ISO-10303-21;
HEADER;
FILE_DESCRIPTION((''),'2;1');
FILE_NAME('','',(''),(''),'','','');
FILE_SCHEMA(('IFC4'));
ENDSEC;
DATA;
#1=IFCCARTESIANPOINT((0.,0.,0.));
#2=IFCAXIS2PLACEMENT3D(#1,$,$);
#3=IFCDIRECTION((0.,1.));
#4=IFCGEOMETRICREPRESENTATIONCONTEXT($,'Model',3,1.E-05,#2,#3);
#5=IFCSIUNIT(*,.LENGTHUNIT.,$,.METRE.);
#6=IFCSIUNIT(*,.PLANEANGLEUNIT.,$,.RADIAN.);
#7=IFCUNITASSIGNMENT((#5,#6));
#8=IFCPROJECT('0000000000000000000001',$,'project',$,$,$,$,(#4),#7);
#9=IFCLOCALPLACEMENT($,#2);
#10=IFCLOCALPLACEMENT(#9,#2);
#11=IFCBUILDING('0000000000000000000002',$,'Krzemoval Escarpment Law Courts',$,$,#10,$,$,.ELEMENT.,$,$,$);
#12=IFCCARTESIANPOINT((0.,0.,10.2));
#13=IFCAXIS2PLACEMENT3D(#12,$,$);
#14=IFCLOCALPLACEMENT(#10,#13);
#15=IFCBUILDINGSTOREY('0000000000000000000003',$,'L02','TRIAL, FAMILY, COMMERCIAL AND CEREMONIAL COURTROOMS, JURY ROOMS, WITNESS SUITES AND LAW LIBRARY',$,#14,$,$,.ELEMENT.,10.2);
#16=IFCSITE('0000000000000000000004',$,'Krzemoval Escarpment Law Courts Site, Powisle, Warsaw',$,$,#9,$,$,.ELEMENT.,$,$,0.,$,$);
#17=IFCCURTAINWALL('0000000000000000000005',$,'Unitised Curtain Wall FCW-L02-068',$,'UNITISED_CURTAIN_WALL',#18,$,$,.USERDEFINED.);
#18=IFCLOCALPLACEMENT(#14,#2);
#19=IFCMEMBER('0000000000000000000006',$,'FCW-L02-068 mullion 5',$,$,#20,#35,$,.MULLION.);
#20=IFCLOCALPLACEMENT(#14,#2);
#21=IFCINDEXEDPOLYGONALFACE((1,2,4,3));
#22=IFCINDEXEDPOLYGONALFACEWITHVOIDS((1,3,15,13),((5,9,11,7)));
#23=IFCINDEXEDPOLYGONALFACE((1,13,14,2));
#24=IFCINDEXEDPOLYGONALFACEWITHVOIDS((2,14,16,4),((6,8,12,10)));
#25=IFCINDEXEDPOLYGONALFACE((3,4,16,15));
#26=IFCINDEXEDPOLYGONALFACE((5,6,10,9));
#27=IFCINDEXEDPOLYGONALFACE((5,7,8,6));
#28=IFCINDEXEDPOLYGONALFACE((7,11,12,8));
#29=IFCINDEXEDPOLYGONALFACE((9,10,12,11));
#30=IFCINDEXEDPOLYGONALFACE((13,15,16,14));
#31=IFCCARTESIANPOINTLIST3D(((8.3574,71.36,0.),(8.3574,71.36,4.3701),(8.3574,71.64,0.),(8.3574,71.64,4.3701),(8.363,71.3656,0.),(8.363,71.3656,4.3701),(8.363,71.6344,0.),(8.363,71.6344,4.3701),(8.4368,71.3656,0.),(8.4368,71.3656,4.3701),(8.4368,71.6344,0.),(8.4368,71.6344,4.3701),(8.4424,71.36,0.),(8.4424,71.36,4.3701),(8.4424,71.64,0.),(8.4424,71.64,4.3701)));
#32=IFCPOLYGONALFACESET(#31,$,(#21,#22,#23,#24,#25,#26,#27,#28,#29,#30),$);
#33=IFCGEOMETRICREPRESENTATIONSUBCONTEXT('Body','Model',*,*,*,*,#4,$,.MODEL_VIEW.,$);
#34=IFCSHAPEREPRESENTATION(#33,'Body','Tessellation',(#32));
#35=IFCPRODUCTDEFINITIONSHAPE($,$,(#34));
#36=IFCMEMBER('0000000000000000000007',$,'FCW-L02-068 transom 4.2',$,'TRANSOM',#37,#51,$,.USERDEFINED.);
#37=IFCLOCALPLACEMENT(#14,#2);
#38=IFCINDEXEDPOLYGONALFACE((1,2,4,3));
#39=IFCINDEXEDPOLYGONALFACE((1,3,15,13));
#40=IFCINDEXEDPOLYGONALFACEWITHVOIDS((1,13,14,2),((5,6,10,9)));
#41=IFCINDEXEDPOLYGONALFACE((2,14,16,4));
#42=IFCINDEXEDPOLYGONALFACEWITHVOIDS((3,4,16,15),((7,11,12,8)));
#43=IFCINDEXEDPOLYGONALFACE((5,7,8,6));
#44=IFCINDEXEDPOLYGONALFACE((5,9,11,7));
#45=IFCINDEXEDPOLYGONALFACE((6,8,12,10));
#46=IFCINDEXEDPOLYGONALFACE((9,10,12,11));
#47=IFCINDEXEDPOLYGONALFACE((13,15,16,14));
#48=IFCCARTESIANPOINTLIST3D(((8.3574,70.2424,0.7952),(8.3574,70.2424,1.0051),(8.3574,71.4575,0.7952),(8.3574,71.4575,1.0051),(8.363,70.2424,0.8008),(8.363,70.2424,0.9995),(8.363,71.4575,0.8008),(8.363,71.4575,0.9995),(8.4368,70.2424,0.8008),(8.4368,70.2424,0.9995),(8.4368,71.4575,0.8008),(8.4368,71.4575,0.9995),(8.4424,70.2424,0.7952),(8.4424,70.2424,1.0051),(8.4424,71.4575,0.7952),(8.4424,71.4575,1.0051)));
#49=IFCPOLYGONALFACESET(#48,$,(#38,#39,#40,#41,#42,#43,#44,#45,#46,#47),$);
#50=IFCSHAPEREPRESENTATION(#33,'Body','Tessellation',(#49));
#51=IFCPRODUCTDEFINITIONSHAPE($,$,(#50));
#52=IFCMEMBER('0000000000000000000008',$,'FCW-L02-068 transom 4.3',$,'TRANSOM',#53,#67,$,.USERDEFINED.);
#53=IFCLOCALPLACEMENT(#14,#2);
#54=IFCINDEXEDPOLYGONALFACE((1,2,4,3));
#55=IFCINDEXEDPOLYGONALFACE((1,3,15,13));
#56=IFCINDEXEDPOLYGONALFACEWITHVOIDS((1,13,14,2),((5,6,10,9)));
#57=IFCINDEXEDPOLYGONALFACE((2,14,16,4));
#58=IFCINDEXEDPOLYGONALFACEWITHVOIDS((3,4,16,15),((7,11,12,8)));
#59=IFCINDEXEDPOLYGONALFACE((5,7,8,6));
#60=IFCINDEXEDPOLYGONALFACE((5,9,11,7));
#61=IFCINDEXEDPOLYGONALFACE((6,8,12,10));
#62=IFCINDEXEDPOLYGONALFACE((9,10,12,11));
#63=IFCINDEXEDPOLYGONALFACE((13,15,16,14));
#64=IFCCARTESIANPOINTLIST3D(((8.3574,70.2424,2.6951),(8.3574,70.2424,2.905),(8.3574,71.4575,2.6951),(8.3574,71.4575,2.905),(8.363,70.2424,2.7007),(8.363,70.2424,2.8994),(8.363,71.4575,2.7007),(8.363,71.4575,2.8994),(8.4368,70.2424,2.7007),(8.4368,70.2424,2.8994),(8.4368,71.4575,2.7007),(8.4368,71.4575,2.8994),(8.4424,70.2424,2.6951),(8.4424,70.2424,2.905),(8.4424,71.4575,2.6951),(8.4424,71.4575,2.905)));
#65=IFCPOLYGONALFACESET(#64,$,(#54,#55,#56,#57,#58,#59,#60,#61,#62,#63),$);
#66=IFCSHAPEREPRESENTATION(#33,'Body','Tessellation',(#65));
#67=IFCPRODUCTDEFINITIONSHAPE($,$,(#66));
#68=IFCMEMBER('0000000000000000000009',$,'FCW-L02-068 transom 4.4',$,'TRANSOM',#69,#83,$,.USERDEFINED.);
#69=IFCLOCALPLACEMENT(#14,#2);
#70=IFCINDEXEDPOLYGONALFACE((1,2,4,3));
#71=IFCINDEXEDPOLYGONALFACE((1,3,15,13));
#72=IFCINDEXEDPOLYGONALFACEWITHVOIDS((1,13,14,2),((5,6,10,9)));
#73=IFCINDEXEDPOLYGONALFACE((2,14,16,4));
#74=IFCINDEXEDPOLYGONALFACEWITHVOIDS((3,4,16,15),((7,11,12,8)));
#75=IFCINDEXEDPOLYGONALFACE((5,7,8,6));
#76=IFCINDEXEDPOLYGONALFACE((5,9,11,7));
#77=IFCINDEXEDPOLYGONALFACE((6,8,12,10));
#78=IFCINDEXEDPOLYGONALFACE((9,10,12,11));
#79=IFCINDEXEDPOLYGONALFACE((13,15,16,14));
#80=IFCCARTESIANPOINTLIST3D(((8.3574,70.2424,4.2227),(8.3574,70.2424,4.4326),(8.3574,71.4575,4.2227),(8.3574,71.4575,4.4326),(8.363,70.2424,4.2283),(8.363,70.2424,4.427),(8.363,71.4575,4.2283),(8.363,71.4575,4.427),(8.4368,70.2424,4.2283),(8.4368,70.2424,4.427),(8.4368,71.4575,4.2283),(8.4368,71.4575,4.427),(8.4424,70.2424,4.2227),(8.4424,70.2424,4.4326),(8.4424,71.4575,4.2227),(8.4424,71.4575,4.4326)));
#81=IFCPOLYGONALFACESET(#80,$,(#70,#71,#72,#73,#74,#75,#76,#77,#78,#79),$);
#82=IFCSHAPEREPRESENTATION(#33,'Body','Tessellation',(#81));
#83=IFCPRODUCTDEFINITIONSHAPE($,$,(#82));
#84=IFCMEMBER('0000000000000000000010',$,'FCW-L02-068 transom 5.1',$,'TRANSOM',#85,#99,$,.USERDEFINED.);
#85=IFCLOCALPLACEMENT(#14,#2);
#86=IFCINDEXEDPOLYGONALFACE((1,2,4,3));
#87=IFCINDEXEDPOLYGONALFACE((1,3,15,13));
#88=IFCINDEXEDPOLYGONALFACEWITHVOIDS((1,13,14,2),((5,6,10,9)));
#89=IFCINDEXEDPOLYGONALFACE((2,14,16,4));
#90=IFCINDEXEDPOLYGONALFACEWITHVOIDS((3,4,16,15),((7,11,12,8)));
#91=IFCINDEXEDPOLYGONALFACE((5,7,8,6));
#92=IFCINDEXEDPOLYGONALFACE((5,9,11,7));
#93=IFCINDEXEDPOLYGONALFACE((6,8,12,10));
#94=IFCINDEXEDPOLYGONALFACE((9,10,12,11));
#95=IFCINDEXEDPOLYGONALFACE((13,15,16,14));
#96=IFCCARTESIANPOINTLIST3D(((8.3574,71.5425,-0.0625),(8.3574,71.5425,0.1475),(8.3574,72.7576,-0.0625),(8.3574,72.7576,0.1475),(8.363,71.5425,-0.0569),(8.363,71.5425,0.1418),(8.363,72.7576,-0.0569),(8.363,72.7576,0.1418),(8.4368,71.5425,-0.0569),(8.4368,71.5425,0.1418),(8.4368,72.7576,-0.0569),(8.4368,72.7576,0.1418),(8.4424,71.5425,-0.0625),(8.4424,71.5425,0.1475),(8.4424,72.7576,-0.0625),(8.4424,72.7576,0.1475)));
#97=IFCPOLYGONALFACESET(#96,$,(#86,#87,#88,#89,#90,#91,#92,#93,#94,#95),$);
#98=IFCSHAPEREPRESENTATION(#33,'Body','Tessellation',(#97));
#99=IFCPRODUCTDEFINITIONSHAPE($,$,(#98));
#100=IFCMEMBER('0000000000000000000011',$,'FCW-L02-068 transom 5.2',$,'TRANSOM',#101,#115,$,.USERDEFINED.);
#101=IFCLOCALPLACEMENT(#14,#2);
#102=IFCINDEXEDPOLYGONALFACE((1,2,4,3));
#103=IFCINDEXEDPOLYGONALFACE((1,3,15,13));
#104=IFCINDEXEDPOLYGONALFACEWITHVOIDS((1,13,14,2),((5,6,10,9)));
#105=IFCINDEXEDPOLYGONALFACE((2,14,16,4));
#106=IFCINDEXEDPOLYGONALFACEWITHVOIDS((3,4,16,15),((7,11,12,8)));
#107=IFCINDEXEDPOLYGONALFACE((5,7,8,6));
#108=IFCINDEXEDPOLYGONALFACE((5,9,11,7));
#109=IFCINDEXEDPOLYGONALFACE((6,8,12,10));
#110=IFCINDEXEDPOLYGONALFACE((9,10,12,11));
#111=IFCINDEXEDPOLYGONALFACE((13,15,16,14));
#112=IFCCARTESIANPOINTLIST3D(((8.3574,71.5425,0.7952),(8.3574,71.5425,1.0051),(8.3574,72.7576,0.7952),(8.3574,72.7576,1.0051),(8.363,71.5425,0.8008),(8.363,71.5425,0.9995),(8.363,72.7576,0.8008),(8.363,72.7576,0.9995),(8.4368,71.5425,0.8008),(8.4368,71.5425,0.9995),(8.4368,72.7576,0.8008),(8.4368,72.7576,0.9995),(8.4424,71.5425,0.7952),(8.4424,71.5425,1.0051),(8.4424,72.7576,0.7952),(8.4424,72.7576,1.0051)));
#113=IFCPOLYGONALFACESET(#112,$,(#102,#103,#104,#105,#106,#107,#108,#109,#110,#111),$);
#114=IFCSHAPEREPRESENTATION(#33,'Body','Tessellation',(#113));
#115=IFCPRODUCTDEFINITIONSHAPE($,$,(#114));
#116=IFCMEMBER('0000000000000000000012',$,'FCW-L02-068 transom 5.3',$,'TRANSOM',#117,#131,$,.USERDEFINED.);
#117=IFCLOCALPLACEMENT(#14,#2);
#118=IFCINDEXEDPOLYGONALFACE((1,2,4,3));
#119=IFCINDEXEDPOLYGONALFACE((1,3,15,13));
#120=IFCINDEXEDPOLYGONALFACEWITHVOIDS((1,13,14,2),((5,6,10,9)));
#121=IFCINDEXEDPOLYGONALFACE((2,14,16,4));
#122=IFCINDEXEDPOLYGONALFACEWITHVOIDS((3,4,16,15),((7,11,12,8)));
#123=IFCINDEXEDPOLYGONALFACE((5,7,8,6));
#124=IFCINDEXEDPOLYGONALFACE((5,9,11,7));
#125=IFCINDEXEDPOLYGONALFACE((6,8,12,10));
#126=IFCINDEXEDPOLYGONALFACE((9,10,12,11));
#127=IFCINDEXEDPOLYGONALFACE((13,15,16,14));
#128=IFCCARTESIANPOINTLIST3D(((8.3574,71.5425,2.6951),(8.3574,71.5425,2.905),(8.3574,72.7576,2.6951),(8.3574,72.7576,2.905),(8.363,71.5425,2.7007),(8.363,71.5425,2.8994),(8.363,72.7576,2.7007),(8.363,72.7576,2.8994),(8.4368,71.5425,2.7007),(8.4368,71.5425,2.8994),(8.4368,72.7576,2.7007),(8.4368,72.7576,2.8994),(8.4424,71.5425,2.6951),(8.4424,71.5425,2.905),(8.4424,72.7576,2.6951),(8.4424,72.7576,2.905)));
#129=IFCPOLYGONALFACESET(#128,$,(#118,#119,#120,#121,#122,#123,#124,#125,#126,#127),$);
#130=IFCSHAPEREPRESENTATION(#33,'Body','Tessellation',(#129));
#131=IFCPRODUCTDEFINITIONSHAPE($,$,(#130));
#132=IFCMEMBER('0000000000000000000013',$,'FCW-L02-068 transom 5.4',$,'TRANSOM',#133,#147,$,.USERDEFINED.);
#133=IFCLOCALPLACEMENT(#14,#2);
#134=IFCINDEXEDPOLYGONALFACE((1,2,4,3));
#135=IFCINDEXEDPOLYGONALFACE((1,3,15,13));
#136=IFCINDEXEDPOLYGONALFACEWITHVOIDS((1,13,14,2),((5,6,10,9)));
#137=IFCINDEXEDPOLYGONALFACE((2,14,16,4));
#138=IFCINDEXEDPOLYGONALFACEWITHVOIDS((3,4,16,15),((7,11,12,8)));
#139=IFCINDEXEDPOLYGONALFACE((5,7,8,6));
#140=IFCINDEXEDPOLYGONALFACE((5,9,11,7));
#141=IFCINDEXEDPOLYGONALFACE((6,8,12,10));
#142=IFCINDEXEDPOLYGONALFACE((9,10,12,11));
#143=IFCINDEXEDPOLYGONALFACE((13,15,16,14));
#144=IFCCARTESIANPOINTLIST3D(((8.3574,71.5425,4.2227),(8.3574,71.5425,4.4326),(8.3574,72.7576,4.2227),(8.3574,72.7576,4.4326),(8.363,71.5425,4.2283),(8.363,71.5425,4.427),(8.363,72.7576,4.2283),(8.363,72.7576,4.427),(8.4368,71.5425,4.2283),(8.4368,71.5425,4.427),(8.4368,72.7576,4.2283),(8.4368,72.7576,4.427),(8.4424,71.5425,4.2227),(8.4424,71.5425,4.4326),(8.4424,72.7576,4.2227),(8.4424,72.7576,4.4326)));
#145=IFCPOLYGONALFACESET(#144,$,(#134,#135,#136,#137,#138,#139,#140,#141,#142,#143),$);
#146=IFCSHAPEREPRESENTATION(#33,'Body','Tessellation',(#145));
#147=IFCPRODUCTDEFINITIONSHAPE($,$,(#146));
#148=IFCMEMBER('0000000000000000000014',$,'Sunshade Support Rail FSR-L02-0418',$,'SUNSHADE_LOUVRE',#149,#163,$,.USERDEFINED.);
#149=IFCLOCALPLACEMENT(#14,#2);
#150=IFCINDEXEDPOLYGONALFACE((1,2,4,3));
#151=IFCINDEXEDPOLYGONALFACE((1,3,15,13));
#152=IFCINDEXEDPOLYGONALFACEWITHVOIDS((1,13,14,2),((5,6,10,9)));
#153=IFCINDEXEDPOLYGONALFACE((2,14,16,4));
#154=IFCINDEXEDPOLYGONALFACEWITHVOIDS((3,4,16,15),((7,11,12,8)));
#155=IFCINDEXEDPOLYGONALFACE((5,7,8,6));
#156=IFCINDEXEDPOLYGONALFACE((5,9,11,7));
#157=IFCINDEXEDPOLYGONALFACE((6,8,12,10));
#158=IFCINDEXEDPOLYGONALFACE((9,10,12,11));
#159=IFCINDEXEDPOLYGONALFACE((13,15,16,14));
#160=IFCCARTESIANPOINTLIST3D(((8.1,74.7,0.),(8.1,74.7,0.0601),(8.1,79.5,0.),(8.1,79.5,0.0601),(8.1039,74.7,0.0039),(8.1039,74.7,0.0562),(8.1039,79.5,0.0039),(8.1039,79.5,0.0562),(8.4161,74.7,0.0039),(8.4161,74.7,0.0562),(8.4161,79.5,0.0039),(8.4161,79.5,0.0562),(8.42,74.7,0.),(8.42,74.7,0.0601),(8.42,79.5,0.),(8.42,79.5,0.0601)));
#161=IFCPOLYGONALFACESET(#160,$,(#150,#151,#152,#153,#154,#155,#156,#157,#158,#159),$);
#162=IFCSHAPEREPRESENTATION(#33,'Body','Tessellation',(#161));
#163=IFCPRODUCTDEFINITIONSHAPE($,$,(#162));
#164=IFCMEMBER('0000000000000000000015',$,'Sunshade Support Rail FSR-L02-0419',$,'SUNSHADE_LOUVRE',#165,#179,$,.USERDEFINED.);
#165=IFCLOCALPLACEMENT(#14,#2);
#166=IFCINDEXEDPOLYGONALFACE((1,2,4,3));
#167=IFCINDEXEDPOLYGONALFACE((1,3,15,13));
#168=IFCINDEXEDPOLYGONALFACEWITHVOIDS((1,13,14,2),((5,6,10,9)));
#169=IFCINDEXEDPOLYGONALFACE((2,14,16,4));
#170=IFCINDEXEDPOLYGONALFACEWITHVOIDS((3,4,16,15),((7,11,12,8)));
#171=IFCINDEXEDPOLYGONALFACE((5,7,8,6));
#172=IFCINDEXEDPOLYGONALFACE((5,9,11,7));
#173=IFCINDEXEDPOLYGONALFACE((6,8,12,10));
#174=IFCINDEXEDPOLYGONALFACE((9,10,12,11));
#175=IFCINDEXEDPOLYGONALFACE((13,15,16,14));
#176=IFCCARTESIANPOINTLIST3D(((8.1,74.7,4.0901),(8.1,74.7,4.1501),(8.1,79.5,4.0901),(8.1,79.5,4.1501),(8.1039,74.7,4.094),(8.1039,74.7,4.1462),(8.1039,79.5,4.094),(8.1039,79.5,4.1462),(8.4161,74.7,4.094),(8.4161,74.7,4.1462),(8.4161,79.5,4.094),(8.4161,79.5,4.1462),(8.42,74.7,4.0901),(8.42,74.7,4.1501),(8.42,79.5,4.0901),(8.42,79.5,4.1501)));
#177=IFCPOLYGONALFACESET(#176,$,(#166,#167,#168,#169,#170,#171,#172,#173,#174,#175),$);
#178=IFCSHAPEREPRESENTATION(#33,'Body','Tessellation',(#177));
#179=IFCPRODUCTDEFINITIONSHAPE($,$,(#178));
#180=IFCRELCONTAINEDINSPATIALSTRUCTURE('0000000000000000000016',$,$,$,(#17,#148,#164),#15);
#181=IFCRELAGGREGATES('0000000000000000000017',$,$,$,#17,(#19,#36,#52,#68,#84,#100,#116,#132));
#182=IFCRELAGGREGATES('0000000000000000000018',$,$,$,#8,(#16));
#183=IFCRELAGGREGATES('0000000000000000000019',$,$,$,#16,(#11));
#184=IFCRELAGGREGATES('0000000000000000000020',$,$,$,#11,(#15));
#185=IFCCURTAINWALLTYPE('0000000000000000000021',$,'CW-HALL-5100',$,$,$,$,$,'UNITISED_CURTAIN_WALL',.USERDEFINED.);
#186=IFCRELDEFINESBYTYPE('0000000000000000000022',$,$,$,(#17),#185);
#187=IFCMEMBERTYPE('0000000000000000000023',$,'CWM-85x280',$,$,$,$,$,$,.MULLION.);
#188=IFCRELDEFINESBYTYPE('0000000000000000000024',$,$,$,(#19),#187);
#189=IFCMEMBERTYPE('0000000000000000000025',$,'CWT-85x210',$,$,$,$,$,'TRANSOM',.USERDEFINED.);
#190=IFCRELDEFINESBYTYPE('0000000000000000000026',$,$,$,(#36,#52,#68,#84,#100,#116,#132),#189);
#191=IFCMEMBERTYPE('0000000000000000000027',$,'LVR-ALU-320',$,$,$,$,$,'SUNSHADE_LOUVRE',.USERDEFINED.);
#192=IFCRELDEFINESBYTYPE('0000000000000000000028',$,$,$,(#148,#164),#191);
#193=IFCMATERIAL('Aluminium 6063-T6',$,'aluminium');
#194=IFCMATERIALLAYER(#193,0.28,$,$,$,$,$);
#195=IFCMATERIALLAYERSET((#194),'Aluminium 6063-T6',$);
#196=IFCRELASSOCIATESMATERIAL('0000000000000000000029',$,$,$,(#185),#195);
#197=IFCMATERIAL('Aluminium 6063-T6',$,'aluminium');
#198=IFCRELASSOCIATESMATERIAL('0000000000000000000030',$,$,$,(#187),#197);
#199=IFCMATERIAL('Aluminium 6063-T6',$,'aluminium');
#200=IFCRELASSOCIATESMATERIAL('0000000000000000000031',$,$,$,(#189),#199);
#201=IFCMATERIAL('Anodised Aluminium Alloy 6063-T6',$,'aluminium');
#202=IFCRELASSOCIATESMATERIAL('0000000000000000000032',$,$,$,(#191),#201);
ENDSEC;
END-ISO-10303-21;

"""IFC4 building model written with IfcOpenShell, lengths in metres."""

from ifc_helpers import new_model, si_unit, direction, frame, origin, origin_2d, place, context, subcontext, project, spatial, hollow_rectangle, extrude, material, layer, layer_set, material_profile, profile_set, type_object, element, aggregate, save


model = new_model("IFC4")

# Units and contexts
model_context = context("Model", 3, precision=1e-05, world=origin(), true_north=direction((0.0, 1.0)))
body_context = subcontext(model_context, "Body", "Model", "MODEL_VIEW")
ifc_project = project(units=[si_unit("LENGTHUNIT", "METRE"), si_unit("PLANEANGLEUNIT", "RADIAN")], contexts=[model_context])

# Site, building, storey
site_placement = place(None, origin())
site = spatial("IfcSite", under=ifc_project, at=site_placement, Name="Krzemoval Escarpment Law Courts Site, Powisle, Warsaw", CompositionType="ELEMENT", RefElevation=0.0)
building_placement = place(site_placement, origin())
building = spatial("IfcBuilding", under=site, at=building_placement, Name="Krzemoval Escarpment Law Courts", CompositionType="ELEMENT")
storey_placement = place(building_placement, frame((0.0, 0.0, 10.2)))
storey = spatial("IfcBuildingStorey", under=building, at=storey_placement, Name="L02", Description="TRIAL, FAMILY, COMMERCIAL AND CEREMONIAL COURTROOMS, JURY ROOMS, WITNESS SUITES AND LAW LIBRARY", CompositionType="ELEMENT", Elevation=10.2)

# Curtain wall, members
ifc_material_1 = material(Name="Aluminium 6063-T6", Category="aluminium")
ifc_layer_1 = layer(ifc_material_1, 0.28)
ifc_layer_set_1 = layer_set([ifc_layer_1], Name="Aluminium 6063-T6")
curtain_wall_type = type_object("IfcCurtainWallType", Name="CW-HALL-5100", ElementType="UNITISED_CURTAIN_WALL", PredefinedType="USERDEFINED", material=ifc_layer_set_1)
curtain_wall_placement = place(storey_placement, origin())
curtain_wall = element("IfcCurtainWall", 1, at=curtain_wall_placement, inside=storey, type_object=curtain_wall_type, Name="Unitised Curtain Wall FCW-L02-068", ObjectType="UNITISED_CURTAIN_WALL", PredefinedType="USERDEFINED")
ifc_material_2 = material(Name="Aluminium 6063-T6", Category="aluminium")
ifc_material_profile_1 = material_profile(ifc_material_2, hollow_rectangle(XDim=0.085, YDim=0.28, WallThickness=0.0056, at=origin_2d()), Name="ALU M85x280")
ifc_profile_set_1 = profile_set([ifc_material_profile_1], Name="Aluminium 6063-T6")
member_type_1 = type_object("IfcMemberType", Name="CWM-85x280", PredefinedType="MULLION", material=ifc_profile_set_1)
member_1_placement = place(storey_placement, frame((8.3999, 71.5, 0.0), z_axis=(0.0, 0.0, 1.0), x_axis=(-1.0, 0.0, 0.0)))
member_1 = element("IfcMember", 2, at=member_1_placement, type_object=member_type_1, Name="FCW-L02-068 mullion 5", PredefinedType="MULLION", context=body_context, shape_type="SweptSolid", body=[
    extrude(hollow_rectangle(XDim=0.085, YDim=0.28, WallThickness=0.0056, at=origin_2d()), origin(), (0.0, 0.0, 1.0), 4.3701),
])
ifc_material_3 = material(Name="Aluminium 6063-T6", Category="aluminium")
ifc_material_profile_2 = material_profile(ifc_material_3, hollow_rectangle(XDim=0.085, YDim=0.21, WallThickness=0.0056, at=origin_2d()), Name="ALU T85x210")
ifc_profile_set_2 = profile_set([ifc_material_profile_2], Name="Aluminium 6063-T6")
member_type_2 = type_object("IfcMemberType", Name="CWT-85x210", ElementType="TRANSOM", PredefinedType="USERDEFINED", material=ifc_profile_set_2)
member_2_placement = place(storey_placement, frame((8.3999, 70.2424, 0.9001), z_axis=(0.0, 1.0, 0.0), x_axis=(-1.0, 0.0, 0.0)))
member_2 = element("IfcMember", 3, at=member_2_placement, type_object=member_type_2, Name="FCW-L02-068 transom 4.2", ObjectType="TRANSOM", PredefinedType="USERDEFINED", context=body_context, shape_type="SweptSolid", body=[
    extrude(hollow_rectangle(XDim=0.085, YDim=0.21, WallThickness=0.0056, at=origin_2d()), origin(), (0.0, 0.0, 1.0), 1.2151),
])
member_3_placement = place(storey_placement, frame((8.3999, 70.2424, 2.8), z_axis=(0.0, 1.0, 0.0), x_axis=(-1.0, 0.0, 0.0)))
member_3 = element("IfcMember", 4, at=member_3_placement, type_object=member_type_2, Name="FCW-L02-068 transom 4.3", ObjectType="TRANSOM", PredefinedType="USERDEFINED", context=body_context, shape_type="SweptSolid", body=[
    extrude(hollow_rectangle(XDim=0.085, YDim=0.21, WallThickness=0.0056, at=origin_2d()), origin(), (0.0, 0.0, 1.0), 1.2151),
])
member_4_placement = place(storey_placement, frame((8.3999, 70.2424, 4.3276), z_axis=(0.0, 1.0, 0.0), x_axis=(-1.0, 0.0, 0.0)))
member_4 = element("IfcMember", 5, at=member_4_placement, type_object=member_type_2, Name="FCW-L02-068 transom 4.4", ObjectType="TRANSOM", PredefinedType="USERDEFINED", context=body_context, shape_type="SweptSolid", body=[
    extrude(hollow_rectangle(XDim=0.085, YDim=0.21, WallThickness=0.0056, at=origin_2d()), origin(), (0.0, 0.0, 1.0), 1.2151),
])
member_5_placement = place(storey_placement, frame((8.3999, 71.5425, 0.0425), z_axis=(0.0, 1.0, 0.0), x_axis=(-1.0, 0.0, 0.0)))
member_5 = element("IfcMember", 6, at=member_5_placement, type_object=member_type_2, Name="FCW-L02-068 transom 5.1", ObjectType="TRANSOM", PredefinedType="USERDEFINED", context=body_context, shape_type="SweptSolid", body=[
    extrude(hollow_rectangle(XDim=0.085, YDim=0.21, WallThickness=0.0056, at=origin_2d()), origin(), (0.0, 0.0, 1.0), 1.2151),
])
member_6_placement = place(storey_placement, frame((8.3999, 71.5425, 0.9001), z_axis=(0.0, 1.0, 0.0), x_axis=(-1.0, 0.0, 0.0)))
member_6 = element("IfcMember", 7, at=member_6_placement, type_object=member_type_2, Name="FCW-L02-068 transom 5.2", ObjectType="TRANSOM", PredefinedType="USERDEFINED", context=body_context, shape_type="SweptSolid", body=[
    extrude(hollow_rectangle(XDim=0.085, YDim=0.21, WallThickness=0.0056, at=origin_2d()), origin(), (0.0, 0.0, 1.0), 1.2151),
])
member_7_placement = place(storey_placement, frame((8.3999, 71.5425, 2.8), z_axis=(0.0, 1.0, 0.0), x_axis=(-1.0, 0.0, 0.0)))
member_7 = element("IfcMember", 8, at=member_7_placement, type_object=member_type_2, Name="FCW-L02-068 transom 5.3", ObjectType="TRANSOM", PredefinedType="USERDEFINED", context=body_context, shape_type="SweptSolid", body=[
    extrude(hollow_rectangle(XDim=0.085, YDim=0.21, WallThickness=0.0056, at=origin_2d()), origin(), (0.0, 0.0, 1.0), 1.2151),
])
member_8_placement = place(storey_placement, frame((8.3999, 71.5425, 4.3276), z_axis=(0.0, 1.0, 0.0), x_axis=(-1.0, 0.0, 0.0)))
member_8 = element("IfcMember", 9, at=member_8_placement, type_object=member_type_2, Name="FCW-L02-068 transom 5.4", ObjectType="TRANSOM", PredefinedType="USERDEFINED", context=body_context, shape_type="SweptSolid", body=[
    extrude(hollow_rectangle(XDim=0.085, YDim=0.21, WallThickness=0.0056, at=origin_2d()), origin(), (0.0, 0.0, 1.0), 1.2151),
])

# Members
ifc_material_4 = material(Name="Anodised Aluminium Alloy 6063-T6", Category="aluminium")
ifc_material_profile_3 = material_profile(ifc_material_4, hollow_rectangle(XDim=0.0601, YDim=0.3201, WallThickness=0.0039, at=origin_2d()), Name="ALU LVR 60x320")
ifc_profile_set_3 = profile_set([ifc_material_profile_3], Name="Anodised Aluminium Alloy 6063-T6")
member_type_3 = type_object("IfcMemberType", Name="LVR-ALU-320", ElementType="SUNSHADE_LOUVRE", PredefinedType="USERDEFINED", material=ifc_profile_set_3)
for number, where, z_axis, x_axis, name in (
    (10, (8.26, 74.7, 0.03), (0.0, 1.0, 0.0), (0.0, 0.0, 1.0), "Sunshade Support Rail FSR-L02-0418"),
    (11, (8.26, 74.7, 4.1201), (0.0, 1.0, 0.0), (0.0, 0.0, 1.0), "Sunshade Support Rail FSR-L02-0419"),
):
    element("IfcMember", number, at=place(storey_placement, frame(where, z_axis=z_axis, x_axis=x_axis)), inside=storey, type_object=member_type_3, Name=name, ObjectType="SUNSHADE_LOUVRE", PredefinedType="USERDEFINED", context=body_context, shape_type="SweptSolid", body=[
        extrude(hollow_rectangle(XDim=0.0601, YDim=0.3201, WallThickness=0.0039, at=origin_2d()), origin(), (0.0, 0.0, 1.0), 4.8),
    ])

aggregate(curtain_wall, [member_1, member_2, member_3, member_4, member_5, member_6, member_7, member_8])

save(model, "model.ifc")
